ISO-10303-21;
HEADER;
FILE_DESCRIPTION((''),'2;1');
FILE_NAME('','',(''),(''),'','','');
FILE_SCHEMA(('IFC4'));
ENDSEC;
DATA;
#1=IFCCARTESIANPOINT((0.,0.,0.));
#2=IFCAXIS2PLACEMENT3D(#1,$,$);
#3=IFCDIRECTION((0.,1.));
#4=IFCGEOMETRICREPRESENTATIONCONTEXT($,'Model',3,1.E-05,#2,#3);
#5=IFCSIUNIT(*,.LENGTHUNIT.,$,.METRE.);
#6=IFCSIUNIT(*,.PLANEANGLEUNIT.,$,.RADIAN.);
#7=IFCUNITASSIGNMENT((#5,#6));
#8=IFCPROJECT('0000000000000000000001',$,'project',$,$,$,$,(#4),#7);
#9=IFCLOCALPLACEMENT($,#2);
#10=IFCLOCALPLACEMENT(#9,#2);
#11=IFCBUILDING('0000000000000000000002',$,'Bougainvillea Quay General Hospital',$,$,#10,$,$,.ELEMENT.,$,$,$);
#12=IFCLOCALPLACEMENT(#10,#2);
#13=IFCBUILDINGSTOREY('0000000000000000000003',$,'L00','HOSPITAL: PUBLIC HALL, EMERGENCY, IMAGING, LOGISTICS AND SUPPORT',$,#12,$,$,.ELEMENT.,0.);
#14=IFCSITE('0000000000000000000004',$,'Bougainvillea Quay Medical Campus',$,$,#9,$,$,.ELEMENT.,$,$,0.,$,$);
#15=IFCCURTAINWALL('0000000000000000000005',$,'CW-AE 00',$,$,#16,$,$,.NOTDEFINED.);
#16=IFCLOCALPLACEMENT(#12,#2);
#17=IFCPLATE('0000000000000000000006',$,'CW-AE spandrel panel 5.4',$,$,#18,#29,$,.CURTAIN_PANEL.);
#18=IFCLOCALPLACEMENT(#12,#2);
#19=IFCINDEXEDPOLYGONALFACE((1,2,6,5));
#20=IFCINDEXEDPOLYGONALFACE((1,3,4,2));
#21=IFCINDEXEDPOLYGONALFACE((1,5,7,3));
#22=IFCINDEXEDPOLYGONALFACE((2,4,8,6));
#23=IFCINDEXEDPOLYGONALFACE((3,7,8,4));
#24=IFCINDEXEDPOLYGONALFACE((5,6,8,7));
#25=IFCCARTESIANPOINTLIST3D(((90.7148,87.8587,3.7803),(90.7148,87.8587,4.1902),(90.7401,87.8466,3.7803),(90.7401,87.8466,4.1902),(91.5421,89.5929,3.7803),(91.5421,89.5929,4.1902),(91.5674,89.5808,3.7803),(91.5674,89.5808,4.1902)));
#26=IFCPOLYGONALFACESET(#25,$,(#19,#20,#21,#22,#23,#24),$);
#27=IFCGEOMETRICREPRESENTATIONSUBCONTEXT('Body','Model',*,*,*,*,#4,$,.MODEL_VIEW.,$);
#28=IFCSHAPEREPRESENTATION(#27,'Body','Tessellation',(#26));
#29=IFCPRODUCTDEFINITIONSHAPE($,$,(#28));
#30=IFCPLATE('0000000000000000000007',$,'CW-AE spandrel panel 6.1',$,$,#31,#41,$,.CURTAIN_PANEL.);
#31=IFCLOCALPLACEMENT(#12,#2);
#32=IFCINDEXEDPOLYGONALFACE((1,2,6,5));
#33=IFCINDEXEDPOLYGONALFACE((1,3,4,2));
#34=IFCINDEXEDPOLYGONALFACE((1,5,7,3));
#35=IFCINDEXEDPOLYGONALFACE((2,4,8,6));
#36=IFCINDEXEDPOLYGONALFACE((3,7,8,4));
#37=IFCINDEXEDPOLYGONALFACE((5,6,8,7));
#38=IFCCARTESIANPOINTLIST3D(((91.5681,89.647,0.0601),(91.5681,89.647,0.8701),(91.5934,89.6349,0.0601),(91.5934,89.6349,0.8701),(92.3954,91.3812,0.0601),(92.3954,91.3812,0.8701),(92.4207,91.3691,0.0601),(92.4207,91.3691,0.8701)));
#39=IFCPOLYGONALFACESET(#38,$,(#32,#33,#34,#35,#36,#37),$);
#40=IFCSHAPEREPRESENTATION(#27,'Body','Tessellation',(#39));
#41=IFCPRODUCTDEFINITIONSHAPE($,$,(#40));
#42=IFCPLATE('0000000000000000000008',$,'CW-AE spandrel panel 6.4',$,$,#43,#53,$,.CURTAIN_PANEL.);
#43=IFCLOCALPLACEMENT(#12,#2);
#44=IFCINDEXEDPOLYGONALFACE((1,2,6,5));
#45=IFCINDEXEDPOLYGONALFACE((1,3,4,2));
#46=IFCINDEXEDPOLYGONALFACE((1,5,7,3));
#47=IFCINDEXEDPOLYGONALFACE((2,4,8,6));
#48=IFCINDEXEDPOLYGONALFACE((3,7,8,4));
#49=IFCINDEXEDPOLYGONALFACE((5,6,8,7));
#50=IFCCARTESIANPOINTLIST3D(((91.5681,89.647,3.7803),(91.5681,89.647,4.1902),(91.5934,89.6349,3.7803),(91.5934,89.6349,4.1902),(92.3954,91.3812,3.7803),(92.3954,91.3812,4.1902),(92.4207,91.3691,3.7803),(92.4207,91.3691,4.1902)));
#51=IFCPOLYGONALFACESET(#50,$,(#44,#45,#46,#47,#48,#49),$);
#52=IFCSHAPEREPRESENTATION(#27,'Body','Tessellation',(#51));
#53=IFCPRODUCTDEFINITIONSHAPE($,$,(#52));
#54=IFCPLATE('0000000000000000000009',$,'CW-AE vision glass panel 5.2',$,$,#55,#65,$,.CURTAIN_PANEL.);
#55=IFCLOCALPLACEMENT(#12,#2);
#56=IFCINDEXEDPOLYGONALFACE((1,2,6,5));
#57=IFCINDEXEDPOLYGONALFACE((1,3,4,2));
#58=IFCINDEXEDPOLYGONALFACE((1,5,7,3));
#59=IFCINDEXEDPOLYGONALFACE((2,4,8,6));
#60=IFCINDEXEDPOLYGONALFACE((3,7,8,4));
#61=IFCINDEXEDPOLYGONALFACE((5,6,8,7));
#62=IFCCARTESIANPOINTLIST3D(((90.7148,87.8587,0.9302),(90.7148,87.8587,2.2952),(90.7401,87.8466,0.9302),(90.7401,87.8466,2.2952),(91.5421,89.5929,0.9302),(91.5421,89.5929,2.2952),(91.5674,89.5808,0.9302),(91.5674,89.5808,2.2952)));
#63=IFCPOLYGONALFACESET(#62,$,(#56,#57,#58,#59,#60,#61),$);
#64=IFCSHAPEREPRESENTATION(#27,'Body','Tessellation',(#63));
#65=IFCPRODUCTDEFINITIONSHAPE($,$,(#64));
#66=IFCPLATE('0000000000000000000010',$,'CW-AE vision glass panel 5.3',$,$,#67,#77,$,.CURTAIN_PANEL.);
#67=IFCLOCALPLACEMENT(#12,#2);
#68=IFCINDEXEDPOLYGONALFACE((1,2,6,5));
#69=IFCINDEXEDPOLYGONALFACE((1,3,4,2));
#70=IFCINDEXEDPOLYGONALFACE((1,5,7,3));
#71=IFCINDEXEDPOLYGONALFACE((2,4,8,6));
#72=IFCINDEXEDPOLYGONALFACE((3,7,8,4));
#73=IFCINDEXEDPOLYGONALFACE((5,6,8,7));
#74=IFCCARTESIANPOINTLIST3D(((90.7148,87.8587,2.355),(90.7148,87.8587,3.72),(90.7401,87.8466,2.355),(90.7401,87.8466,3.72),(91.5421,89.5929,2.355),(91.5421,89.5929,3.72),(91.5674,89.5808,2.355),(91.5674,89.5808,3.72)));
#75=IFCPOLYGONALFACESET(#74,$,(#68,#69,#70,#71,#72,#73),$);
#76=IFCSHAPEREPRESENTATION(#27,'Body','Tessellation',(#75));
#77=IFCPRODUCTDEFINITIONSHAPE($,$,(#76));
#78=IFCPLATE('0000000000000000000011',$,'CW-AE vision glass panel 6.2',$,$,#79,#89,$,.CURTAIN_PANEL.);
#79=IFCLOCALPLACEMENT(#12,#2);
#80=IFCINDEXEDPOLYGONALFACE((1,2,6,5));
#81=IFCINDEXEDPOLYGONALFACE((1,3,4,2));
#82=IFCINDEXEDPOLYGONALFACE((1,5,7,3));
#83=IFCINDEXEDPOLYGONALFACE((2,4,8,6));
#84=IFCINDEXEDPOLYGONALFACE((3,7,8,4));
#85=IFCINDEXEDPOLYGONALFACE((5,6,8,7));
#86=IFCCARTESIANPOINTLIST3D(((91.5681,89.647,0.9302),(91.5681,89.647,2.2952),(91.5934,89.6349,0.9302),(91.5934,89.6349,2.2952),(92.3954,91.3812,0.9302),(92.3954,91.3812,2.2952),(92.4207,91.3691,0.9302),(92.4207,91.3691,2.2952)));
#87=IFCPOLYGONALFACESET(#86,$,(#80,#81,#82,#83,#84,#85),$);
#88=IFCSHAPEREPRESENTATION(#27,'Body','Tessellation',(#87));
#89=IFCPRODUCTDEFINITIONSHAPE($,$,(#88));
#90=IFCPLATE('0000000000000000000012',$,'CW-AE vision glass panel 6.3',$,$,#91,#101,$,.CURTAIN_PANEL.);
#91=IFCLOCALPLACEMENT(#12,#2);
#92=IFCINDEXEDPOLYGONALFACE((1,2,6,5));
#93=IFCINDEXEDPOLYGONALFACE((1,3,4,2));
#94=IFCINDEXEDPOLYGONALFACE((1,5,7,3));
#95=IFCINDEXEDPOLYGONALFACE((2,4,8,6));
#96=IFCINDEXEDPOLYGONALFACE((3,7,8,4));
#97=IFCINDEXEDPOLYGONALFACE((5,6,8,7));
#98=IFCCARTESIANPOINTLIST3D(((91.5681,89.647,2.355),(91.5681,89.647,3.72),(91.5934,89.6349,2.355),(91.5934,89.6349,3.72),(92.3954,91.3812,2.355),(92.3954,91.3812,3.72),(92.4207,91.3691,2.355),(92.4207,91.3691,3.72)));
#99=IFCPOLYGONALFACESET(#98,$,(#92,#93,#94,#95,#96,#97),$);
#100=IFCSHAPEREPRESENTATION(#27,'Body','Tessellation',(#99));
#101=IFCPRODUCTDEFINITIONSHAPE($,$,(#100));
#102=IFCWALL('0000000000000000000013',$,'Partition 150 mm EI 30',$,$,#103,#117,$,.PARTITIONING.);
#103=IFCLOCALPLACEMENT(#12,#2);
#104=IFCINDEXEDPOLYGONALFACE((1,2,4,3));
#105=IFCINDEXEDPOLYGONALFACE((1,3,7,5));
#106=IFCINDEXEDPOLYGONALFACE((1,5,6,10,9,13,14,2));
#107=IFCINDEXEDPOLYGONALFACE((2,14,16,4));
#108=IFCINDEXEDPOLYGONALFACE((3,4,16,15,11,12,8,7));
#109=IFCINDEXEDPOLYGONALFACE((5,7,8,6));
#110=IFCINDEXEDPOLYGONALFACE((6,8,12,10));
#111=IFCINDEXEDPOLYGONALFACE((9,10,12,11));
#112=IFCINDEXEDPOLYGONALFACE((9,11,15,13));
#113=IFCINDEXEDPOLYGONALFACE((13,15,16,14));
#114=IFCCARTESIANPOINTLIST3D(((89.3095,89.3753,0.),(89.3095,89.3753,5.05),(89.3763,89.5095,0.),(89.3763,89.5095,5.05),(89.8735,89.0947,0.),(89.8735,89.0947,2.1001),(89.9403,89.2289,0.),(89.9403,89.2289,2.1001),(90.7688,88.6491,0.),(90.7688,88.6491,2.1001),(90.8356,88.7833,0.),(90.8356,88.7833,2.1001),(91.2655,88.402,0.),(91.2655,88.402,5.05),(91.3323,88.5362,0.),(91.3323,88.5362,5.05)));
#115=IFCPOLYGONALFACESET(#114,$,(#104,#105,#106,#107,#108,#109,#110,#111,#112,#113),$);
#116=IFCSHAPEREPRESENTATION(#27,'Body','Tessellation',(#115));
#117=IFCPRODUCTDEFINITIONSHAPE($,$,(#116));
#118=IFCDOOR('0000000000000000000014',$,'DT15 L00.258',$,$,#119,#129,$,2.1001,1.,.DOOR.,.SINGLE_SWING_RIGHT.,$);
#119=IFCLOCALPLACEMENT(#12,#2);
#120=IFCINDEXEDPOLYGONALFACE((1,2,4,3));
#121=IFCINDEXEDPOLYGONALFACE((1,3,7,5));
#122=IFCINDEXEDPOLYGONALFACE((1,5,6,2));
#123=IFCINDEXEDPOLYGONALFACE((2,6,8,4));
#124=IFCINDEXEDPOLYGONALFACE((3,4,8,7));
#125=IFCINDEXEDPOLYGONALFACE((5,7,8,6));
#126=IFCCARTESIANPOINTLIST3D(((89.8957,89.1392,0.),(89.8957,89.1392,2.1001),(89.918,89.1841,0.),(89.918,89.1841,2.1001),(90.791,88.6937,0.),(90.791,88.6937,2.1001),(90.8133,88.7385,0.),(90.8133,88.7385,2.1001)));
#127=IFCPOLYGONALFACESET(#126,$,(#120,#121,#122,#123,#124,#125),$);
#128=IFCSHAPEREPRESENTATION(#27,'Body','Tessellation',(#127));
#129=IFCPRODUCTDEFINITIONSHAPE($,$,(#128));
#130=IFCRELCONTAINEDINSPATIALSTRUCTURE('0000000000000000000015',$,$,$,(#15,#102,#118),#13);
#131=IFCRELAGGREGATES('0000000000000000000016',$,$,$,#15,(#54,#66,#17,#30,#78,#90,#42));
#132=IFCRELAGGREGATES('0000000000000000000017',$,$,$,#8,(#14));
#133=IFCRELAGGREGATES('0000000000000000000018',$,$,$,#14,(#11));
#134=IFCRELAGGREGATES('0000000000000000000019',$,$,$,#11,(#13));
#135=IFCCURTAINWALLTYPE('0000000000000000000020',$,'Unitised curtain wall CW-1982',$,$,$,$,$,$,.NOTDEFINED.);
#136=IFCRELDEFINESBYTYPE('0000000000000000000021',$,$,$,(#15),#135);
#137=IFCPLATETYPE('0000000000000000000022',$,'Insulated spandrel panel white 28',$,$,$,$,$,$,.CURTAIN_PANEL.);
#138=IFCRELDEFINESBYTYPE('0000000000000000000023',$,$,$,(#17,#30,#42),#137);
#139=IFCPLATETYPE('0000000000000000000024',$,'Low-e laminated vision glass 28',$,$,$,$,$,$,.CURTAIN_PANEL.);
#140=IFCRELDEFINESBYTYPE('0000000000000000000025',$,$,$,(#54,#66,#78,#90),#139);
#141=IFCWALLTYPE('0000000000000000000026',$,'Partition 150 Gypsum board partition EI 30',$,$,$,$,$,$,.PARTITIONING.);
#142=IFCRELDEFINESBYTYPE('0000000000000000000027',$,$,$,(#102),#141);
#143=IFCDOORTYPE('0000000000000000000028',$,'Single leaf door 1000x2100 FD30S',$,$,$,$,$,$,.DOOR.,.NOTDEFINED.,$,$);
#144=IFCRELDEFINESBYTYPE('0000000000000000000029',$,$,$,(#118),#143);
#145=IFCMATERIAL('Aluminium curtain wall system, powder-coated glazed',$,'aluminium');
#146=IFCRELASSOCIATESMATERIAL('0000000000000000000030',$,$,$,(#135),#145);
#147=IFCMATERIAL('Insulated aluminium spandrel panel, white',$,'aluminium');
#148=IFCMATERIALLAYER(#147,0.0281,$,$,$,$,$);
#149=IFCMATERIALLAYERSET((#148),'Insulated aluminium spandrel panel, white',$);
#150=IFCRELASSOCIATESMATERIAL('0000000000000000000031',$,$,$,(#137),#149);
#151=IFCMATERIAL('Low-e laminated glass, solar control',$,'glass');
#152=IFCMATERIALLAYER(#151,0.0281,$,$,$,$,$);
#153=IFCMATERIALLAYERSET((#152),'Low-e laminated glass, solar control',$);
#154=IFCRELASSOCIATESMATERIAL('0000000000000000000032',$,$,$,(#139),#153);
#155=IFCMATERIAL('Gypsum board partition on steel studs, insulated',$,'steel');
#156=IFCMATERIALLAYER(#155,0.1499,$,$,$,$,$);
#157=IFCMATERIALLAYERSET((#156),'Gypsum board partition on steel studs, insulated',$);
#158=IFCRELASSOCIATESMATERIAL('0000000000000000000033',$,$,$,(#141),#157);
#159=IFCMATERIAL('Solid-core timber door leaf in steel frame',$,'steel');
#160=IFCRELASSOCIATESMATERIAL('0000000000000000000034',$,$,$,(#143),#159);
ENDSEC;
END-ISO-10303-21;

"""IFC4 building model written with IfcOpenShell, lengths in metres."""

from ifc_helpers import new_model, si_unit, direction, frame, frame_2d, origin, origin_2d, place, context, subcontext, project, spatial, rectangle, extrude, material, layer, layer_set, type_object, element, fill, aggregate, save


model = new_model("IFC4")

# Units and contexts
model_context = context("Model", 3, precision=1e-05, world=origin(), true_north=direction((0.0, 1.0)))
body_context = subcontext(model_context, "Body", "Model", "MODEL_VIEW")
ifc_project = project(units=[si_unit("LENGTHUNIT", "METRE"), si_unit("PLANEANGLEUNIT", "RADIAN")], contexts=[model_context])

# Site, building, storey
site_placement = place(None, origin())
site = spatial("IfcSite", under=ifc_project, at=site_placement, Name="Bougainvillea Quay Medical Campus", CompositionType="ELEMENT", RefElevation=0.0)
building_placement = place(site_placement, origin())
building = spatial("IfcBuilding", under=site, at=building_placement, Name="Bougainvillea Quay General Hospital", CompositionType="ELEMENT")
storey_placement = place(building_placement, origin())
storey = spatial("IfcBuildingStorey", under=building, at=storey_placement, Name="L00", Description="HOSPITAL: PUBLIC HALL, EMERGENCY, IMAGING, LOGISTICS AND SUPPORT", CompositionType="ELEMENT", Elevation=0.0)

# Curtain wall, plates
ifc_material_1 = material(Name="Aluminium curtain wall system, powder-coated glazed", Category="aluminium")
curtain_wall_type = type_object("IfcCurtainWallType", Name="Unitised curtain wall CW-1982", PredefinedType="NOTDEFINED", material=ifc_material_1)
curtain_wall_placement = place(storey_placement, origin())
curtain_wall = element("IfcCurtainWall", 1, at=curtain_wall_placement, inside=storey, type_object=curtain_wall_type, Name="CW-AE 00", PredefinedType="NOTDEFINED")
ifc_material_2 = material(Name="Insulated aluminium spandrel panel, white", Category="aluminium")
ifc_layer_1 = layer(ifc_material_2, 0.0281)
ifc_layer_set_1 = layer_set([ifc_layer_1], Name="Insulated aluminium spandrel panel, white")
plate_type_1 = type_object("IfcPlateType", Name="Insulated spandrel panel white 28", PredefinedType="CURTAIN_PANEL", material=ifc_layer_set_1)
plate_1_placement = place(storey_placement, frame((91.1411, 88.7197, 3.7803), z_axis=(0.0, 0.0, 1.0), x_axis=(0.430563, 0.902561, 0.0)))
plate_1 = element("IfcPlate", 2, at=plate_1_placement, type_object=plate_type_1, Name="CW-AE spandrel panel 5.4", PredefinedType="CURTAIN_PANEL", context=body_context, shape_type="SweptSolid", body=[
    extrude(rectangle(XDim=1.9214, YDim=0.0281, at=origin_2d()), origin(), (0.0, 0.0, 1.0), 0.4099),
])
plate_2_placement = place(storey_placement, frame((91.9944, 90.5081, 0.0601), z_axis=(0.0, 0.0, 1.0), x_axis=(0.430563, 0.902561, 0.0)))
plate_2 = element("IfcPlate", 3, at=plate_2_placement, type_object=plate_type_1, Name="CW-AE spandrel panel 6.1", PredefinedType="CURTAIN_PANEL", context=body_context, shape_type="SweptSolid", body=[
    extrude(rectangle(XDim=1.9214, YDim=0.0281, at=origin_2d()), origin(), (0.0, 0.0, 1.0), 0.8101),
])
plate_3_placement = place(storey_placement, frame((91.9944, 90.5081, 3.7803), z_axis=(0.0, 0.0, 1.0), x_axis=(0.430563, 0.902561, 0.0)))
plate_3 = element("IfcPlate", 4, at=plate_3_placement, type_object=plate_type_1, Name="CW-AE spandrel panel 6.4", PredefinedType="CURTAIN_PANEL", context=body_context, shape_type="SweptSolid", body=[
    extrude(rectangle(XDim=1.9214, YDim=0.0281, at=origin_2d()), origin(), (0.0, 0.0, 1.0), 0.4099),
])
ifc_material_3 = material(Name="Low-e laminated glass, solar control", Category="glass")
ifc_layer_2 = layer(ifc_material_3, 0.0281)
ifc_layer_set_2 = layer_set([ifc_layer_2], Name="Low-e laminated glass, solar control")
plate_type_2 = type_object("IfcPlateType", Name="Low-e laminated vision glass 28", PredefinedType="CURTAIN_PANEL", material=ifc_layer_set_2)
plate_4_placement = place(storey_placement, frame((91.1411, 88.7197, 0.9302), z_axis=(0.0, 0.0, 1.0), x_axis=(0.430563, 0.902561, 0.0)))
plate_4 = element("IfcPlate", 5, at=plate_4_placement, type_object=plate_type_2, Name="CW-AE vision glass panel 5.2", PredefinedType="CURTAIN_PANEL", context=body_context, shape_type="SweptSolid", body=[
    extrude(rectangle(XDim=1.9214, YDim=0.0281, at=origin_2d()), origin(), (0.0, 0.0, 1.0), 1.365),
])
plate_5_placement = place(storey_placement, frame((91.1411, 88.7197, 2.355), z_axis=(0.0, 0.0, 1.0), x_axis=(0.430563, 0.902561, 0.0)))
plate_5 = element("IfcPlate", 6, at=plate_5_placement, type_object=plate_type_2, Name="CW-AE vision glass panel 5.3", PredefinedType="CURTAIN_PANEL", context=body_context, shape_type="SweptSolid", body=[
    extrude(rectangle(XDim=1.9214, YDim=0.0281, at=origin_2d()), origin(), (0.0, 0.0, 1.0), 1.365),
])
plate_6_placement = place(storey_placement, frame((91.9944, 90.5081, 0.9302), z_axis=(0.0, 0.0, 1.0), x_axis=(0.430563, 0.902561, 0.0)))
plate_6 = element("IfcPlate", 7, at=plate_6_placement, type_object=plate_type_2, Name="CW-AE vision glass panel 6.2", PredefinedType="CURTAIN_PANEL", context=body_context, shape_type="SweptSolid", body=[
    extrude(rectangle(XDim=1.9214, YDim=0.0281, at=origin_2d()), origin(), (0.0, 0.0, 1.0), 1.365),
])
plate_7_placement = place(storey_placement, frame((91.9944, 90.5081, 2.355), z_axis=(0.0, 0.0, 1.0), x_axis=(0.430563, 0.902561, 0.0)))
plate_7 = element("IfcPlate", 8, at=plate_7_placement, type_object=plate_type_2, Name="CW-AE vision glass panel 6.3", PredefinedType="CURTAIN_PANEL", context=body_context, shape_type="SweptSolid", body=[
    extrude(rectangle(XDim=1.9214, YDim=0.0281, at=origin_2d()), origin(), (0.0, 0.0, 1.0), 1.365),
])
aggregate(curtain_wall, [plate_4, plate_5, plate_1, plate_2, plate_6, plate_7, plate_3])

# Wall, opening, door
ifc_material_4 = material(Name="Gypsum board partition on steel studs, insulated", Category="steel")
ifc_layer_3 = layer(ifc_material_4, 0.1499)
ifc_layer_set_3 = layer_set([ifc_layer_3], Name="Gypsum board partition on steel studs, insulated")
wall_type = type_object("IfcWallType", Name="Partition 150 Gypsum board partition EI 30", PredefinedType="PARTITIONING", material=ifc_layer_set_3)
wall_placement = place(storey_placement, frame((89.343, 89.4424, 0.0), z_axis=(0.0, 0.0, 1.0), x_axis=(0.895275, -0.445514, 0.0)))
wall = element("IfcWall", 9, at=wall_placement, inside=storey, type_object=wall_type, Name="Partition 150 mm EI 30", PredefinedType="PARTITIONING", context=body_context, shape_type="SweptSolid", body=[
    extrude(rectangle(XDim=2.1848, YDim=0.1499, at=frame_2d((1.0923, 0.0))), origin(), (0.0, 0.0, 1.0), 5.05),
])
opening_placement = place(wall_placement, frame((0.6299, 0.0, 0.0)))
opening = element("IfcOpeningElement", 10, at=opening_placement, cuts=wall, PredefinedType="OPENING", context=body_context, shape_type="SweptSolid", body=[
    extrude(rectangle(XDim=1.0, YDim=2.1001, at=frame_2d((0.5, 1.05))), frame((0.0, 0.085, 0.0), z_axis=(0.0, -1.0, 0.0), x_axis=(1.0, 0.0, 0.0)), (0.0, 0.0, 1.0), 0.1699),
])
ifc_material_5 = material(Name="Solid-core timber door leaf in steel frame", Category="steel")
door_type = type_object("IfcDoorType", Name="Single leaf door 1000x2100 FD30S", OperationType="NOTDEFINED", PredefinedType="DOOR", material=ifc_material_5)
door_placement = place(opening_placement, origin())
door = element("IfcDoor", 11, at=door_placement, inside=storey, type_object=door_type, Name="DT15 L00.258", OperationType="SINGLE_SWING_RIGHT", OverallHeight=2.1001, OverallWidth=1.0, PredefinedType="DOOR", context=body_context, shape_type="SweptSolid", body=[
    extrude(rectangle(XDim=1.0, YDim=2.1001, at=frame_2d((0.5, 1.05))), frame((0.0, 0.0249, 0.0), z_axis=(0.0, -1.0, 0.0), x_axis=(1.0, 0.0, 0.0)), (0.0, 0.0, 1.0), 0.05),
])
fill(opening, door)

save(model, "model.ifc")
